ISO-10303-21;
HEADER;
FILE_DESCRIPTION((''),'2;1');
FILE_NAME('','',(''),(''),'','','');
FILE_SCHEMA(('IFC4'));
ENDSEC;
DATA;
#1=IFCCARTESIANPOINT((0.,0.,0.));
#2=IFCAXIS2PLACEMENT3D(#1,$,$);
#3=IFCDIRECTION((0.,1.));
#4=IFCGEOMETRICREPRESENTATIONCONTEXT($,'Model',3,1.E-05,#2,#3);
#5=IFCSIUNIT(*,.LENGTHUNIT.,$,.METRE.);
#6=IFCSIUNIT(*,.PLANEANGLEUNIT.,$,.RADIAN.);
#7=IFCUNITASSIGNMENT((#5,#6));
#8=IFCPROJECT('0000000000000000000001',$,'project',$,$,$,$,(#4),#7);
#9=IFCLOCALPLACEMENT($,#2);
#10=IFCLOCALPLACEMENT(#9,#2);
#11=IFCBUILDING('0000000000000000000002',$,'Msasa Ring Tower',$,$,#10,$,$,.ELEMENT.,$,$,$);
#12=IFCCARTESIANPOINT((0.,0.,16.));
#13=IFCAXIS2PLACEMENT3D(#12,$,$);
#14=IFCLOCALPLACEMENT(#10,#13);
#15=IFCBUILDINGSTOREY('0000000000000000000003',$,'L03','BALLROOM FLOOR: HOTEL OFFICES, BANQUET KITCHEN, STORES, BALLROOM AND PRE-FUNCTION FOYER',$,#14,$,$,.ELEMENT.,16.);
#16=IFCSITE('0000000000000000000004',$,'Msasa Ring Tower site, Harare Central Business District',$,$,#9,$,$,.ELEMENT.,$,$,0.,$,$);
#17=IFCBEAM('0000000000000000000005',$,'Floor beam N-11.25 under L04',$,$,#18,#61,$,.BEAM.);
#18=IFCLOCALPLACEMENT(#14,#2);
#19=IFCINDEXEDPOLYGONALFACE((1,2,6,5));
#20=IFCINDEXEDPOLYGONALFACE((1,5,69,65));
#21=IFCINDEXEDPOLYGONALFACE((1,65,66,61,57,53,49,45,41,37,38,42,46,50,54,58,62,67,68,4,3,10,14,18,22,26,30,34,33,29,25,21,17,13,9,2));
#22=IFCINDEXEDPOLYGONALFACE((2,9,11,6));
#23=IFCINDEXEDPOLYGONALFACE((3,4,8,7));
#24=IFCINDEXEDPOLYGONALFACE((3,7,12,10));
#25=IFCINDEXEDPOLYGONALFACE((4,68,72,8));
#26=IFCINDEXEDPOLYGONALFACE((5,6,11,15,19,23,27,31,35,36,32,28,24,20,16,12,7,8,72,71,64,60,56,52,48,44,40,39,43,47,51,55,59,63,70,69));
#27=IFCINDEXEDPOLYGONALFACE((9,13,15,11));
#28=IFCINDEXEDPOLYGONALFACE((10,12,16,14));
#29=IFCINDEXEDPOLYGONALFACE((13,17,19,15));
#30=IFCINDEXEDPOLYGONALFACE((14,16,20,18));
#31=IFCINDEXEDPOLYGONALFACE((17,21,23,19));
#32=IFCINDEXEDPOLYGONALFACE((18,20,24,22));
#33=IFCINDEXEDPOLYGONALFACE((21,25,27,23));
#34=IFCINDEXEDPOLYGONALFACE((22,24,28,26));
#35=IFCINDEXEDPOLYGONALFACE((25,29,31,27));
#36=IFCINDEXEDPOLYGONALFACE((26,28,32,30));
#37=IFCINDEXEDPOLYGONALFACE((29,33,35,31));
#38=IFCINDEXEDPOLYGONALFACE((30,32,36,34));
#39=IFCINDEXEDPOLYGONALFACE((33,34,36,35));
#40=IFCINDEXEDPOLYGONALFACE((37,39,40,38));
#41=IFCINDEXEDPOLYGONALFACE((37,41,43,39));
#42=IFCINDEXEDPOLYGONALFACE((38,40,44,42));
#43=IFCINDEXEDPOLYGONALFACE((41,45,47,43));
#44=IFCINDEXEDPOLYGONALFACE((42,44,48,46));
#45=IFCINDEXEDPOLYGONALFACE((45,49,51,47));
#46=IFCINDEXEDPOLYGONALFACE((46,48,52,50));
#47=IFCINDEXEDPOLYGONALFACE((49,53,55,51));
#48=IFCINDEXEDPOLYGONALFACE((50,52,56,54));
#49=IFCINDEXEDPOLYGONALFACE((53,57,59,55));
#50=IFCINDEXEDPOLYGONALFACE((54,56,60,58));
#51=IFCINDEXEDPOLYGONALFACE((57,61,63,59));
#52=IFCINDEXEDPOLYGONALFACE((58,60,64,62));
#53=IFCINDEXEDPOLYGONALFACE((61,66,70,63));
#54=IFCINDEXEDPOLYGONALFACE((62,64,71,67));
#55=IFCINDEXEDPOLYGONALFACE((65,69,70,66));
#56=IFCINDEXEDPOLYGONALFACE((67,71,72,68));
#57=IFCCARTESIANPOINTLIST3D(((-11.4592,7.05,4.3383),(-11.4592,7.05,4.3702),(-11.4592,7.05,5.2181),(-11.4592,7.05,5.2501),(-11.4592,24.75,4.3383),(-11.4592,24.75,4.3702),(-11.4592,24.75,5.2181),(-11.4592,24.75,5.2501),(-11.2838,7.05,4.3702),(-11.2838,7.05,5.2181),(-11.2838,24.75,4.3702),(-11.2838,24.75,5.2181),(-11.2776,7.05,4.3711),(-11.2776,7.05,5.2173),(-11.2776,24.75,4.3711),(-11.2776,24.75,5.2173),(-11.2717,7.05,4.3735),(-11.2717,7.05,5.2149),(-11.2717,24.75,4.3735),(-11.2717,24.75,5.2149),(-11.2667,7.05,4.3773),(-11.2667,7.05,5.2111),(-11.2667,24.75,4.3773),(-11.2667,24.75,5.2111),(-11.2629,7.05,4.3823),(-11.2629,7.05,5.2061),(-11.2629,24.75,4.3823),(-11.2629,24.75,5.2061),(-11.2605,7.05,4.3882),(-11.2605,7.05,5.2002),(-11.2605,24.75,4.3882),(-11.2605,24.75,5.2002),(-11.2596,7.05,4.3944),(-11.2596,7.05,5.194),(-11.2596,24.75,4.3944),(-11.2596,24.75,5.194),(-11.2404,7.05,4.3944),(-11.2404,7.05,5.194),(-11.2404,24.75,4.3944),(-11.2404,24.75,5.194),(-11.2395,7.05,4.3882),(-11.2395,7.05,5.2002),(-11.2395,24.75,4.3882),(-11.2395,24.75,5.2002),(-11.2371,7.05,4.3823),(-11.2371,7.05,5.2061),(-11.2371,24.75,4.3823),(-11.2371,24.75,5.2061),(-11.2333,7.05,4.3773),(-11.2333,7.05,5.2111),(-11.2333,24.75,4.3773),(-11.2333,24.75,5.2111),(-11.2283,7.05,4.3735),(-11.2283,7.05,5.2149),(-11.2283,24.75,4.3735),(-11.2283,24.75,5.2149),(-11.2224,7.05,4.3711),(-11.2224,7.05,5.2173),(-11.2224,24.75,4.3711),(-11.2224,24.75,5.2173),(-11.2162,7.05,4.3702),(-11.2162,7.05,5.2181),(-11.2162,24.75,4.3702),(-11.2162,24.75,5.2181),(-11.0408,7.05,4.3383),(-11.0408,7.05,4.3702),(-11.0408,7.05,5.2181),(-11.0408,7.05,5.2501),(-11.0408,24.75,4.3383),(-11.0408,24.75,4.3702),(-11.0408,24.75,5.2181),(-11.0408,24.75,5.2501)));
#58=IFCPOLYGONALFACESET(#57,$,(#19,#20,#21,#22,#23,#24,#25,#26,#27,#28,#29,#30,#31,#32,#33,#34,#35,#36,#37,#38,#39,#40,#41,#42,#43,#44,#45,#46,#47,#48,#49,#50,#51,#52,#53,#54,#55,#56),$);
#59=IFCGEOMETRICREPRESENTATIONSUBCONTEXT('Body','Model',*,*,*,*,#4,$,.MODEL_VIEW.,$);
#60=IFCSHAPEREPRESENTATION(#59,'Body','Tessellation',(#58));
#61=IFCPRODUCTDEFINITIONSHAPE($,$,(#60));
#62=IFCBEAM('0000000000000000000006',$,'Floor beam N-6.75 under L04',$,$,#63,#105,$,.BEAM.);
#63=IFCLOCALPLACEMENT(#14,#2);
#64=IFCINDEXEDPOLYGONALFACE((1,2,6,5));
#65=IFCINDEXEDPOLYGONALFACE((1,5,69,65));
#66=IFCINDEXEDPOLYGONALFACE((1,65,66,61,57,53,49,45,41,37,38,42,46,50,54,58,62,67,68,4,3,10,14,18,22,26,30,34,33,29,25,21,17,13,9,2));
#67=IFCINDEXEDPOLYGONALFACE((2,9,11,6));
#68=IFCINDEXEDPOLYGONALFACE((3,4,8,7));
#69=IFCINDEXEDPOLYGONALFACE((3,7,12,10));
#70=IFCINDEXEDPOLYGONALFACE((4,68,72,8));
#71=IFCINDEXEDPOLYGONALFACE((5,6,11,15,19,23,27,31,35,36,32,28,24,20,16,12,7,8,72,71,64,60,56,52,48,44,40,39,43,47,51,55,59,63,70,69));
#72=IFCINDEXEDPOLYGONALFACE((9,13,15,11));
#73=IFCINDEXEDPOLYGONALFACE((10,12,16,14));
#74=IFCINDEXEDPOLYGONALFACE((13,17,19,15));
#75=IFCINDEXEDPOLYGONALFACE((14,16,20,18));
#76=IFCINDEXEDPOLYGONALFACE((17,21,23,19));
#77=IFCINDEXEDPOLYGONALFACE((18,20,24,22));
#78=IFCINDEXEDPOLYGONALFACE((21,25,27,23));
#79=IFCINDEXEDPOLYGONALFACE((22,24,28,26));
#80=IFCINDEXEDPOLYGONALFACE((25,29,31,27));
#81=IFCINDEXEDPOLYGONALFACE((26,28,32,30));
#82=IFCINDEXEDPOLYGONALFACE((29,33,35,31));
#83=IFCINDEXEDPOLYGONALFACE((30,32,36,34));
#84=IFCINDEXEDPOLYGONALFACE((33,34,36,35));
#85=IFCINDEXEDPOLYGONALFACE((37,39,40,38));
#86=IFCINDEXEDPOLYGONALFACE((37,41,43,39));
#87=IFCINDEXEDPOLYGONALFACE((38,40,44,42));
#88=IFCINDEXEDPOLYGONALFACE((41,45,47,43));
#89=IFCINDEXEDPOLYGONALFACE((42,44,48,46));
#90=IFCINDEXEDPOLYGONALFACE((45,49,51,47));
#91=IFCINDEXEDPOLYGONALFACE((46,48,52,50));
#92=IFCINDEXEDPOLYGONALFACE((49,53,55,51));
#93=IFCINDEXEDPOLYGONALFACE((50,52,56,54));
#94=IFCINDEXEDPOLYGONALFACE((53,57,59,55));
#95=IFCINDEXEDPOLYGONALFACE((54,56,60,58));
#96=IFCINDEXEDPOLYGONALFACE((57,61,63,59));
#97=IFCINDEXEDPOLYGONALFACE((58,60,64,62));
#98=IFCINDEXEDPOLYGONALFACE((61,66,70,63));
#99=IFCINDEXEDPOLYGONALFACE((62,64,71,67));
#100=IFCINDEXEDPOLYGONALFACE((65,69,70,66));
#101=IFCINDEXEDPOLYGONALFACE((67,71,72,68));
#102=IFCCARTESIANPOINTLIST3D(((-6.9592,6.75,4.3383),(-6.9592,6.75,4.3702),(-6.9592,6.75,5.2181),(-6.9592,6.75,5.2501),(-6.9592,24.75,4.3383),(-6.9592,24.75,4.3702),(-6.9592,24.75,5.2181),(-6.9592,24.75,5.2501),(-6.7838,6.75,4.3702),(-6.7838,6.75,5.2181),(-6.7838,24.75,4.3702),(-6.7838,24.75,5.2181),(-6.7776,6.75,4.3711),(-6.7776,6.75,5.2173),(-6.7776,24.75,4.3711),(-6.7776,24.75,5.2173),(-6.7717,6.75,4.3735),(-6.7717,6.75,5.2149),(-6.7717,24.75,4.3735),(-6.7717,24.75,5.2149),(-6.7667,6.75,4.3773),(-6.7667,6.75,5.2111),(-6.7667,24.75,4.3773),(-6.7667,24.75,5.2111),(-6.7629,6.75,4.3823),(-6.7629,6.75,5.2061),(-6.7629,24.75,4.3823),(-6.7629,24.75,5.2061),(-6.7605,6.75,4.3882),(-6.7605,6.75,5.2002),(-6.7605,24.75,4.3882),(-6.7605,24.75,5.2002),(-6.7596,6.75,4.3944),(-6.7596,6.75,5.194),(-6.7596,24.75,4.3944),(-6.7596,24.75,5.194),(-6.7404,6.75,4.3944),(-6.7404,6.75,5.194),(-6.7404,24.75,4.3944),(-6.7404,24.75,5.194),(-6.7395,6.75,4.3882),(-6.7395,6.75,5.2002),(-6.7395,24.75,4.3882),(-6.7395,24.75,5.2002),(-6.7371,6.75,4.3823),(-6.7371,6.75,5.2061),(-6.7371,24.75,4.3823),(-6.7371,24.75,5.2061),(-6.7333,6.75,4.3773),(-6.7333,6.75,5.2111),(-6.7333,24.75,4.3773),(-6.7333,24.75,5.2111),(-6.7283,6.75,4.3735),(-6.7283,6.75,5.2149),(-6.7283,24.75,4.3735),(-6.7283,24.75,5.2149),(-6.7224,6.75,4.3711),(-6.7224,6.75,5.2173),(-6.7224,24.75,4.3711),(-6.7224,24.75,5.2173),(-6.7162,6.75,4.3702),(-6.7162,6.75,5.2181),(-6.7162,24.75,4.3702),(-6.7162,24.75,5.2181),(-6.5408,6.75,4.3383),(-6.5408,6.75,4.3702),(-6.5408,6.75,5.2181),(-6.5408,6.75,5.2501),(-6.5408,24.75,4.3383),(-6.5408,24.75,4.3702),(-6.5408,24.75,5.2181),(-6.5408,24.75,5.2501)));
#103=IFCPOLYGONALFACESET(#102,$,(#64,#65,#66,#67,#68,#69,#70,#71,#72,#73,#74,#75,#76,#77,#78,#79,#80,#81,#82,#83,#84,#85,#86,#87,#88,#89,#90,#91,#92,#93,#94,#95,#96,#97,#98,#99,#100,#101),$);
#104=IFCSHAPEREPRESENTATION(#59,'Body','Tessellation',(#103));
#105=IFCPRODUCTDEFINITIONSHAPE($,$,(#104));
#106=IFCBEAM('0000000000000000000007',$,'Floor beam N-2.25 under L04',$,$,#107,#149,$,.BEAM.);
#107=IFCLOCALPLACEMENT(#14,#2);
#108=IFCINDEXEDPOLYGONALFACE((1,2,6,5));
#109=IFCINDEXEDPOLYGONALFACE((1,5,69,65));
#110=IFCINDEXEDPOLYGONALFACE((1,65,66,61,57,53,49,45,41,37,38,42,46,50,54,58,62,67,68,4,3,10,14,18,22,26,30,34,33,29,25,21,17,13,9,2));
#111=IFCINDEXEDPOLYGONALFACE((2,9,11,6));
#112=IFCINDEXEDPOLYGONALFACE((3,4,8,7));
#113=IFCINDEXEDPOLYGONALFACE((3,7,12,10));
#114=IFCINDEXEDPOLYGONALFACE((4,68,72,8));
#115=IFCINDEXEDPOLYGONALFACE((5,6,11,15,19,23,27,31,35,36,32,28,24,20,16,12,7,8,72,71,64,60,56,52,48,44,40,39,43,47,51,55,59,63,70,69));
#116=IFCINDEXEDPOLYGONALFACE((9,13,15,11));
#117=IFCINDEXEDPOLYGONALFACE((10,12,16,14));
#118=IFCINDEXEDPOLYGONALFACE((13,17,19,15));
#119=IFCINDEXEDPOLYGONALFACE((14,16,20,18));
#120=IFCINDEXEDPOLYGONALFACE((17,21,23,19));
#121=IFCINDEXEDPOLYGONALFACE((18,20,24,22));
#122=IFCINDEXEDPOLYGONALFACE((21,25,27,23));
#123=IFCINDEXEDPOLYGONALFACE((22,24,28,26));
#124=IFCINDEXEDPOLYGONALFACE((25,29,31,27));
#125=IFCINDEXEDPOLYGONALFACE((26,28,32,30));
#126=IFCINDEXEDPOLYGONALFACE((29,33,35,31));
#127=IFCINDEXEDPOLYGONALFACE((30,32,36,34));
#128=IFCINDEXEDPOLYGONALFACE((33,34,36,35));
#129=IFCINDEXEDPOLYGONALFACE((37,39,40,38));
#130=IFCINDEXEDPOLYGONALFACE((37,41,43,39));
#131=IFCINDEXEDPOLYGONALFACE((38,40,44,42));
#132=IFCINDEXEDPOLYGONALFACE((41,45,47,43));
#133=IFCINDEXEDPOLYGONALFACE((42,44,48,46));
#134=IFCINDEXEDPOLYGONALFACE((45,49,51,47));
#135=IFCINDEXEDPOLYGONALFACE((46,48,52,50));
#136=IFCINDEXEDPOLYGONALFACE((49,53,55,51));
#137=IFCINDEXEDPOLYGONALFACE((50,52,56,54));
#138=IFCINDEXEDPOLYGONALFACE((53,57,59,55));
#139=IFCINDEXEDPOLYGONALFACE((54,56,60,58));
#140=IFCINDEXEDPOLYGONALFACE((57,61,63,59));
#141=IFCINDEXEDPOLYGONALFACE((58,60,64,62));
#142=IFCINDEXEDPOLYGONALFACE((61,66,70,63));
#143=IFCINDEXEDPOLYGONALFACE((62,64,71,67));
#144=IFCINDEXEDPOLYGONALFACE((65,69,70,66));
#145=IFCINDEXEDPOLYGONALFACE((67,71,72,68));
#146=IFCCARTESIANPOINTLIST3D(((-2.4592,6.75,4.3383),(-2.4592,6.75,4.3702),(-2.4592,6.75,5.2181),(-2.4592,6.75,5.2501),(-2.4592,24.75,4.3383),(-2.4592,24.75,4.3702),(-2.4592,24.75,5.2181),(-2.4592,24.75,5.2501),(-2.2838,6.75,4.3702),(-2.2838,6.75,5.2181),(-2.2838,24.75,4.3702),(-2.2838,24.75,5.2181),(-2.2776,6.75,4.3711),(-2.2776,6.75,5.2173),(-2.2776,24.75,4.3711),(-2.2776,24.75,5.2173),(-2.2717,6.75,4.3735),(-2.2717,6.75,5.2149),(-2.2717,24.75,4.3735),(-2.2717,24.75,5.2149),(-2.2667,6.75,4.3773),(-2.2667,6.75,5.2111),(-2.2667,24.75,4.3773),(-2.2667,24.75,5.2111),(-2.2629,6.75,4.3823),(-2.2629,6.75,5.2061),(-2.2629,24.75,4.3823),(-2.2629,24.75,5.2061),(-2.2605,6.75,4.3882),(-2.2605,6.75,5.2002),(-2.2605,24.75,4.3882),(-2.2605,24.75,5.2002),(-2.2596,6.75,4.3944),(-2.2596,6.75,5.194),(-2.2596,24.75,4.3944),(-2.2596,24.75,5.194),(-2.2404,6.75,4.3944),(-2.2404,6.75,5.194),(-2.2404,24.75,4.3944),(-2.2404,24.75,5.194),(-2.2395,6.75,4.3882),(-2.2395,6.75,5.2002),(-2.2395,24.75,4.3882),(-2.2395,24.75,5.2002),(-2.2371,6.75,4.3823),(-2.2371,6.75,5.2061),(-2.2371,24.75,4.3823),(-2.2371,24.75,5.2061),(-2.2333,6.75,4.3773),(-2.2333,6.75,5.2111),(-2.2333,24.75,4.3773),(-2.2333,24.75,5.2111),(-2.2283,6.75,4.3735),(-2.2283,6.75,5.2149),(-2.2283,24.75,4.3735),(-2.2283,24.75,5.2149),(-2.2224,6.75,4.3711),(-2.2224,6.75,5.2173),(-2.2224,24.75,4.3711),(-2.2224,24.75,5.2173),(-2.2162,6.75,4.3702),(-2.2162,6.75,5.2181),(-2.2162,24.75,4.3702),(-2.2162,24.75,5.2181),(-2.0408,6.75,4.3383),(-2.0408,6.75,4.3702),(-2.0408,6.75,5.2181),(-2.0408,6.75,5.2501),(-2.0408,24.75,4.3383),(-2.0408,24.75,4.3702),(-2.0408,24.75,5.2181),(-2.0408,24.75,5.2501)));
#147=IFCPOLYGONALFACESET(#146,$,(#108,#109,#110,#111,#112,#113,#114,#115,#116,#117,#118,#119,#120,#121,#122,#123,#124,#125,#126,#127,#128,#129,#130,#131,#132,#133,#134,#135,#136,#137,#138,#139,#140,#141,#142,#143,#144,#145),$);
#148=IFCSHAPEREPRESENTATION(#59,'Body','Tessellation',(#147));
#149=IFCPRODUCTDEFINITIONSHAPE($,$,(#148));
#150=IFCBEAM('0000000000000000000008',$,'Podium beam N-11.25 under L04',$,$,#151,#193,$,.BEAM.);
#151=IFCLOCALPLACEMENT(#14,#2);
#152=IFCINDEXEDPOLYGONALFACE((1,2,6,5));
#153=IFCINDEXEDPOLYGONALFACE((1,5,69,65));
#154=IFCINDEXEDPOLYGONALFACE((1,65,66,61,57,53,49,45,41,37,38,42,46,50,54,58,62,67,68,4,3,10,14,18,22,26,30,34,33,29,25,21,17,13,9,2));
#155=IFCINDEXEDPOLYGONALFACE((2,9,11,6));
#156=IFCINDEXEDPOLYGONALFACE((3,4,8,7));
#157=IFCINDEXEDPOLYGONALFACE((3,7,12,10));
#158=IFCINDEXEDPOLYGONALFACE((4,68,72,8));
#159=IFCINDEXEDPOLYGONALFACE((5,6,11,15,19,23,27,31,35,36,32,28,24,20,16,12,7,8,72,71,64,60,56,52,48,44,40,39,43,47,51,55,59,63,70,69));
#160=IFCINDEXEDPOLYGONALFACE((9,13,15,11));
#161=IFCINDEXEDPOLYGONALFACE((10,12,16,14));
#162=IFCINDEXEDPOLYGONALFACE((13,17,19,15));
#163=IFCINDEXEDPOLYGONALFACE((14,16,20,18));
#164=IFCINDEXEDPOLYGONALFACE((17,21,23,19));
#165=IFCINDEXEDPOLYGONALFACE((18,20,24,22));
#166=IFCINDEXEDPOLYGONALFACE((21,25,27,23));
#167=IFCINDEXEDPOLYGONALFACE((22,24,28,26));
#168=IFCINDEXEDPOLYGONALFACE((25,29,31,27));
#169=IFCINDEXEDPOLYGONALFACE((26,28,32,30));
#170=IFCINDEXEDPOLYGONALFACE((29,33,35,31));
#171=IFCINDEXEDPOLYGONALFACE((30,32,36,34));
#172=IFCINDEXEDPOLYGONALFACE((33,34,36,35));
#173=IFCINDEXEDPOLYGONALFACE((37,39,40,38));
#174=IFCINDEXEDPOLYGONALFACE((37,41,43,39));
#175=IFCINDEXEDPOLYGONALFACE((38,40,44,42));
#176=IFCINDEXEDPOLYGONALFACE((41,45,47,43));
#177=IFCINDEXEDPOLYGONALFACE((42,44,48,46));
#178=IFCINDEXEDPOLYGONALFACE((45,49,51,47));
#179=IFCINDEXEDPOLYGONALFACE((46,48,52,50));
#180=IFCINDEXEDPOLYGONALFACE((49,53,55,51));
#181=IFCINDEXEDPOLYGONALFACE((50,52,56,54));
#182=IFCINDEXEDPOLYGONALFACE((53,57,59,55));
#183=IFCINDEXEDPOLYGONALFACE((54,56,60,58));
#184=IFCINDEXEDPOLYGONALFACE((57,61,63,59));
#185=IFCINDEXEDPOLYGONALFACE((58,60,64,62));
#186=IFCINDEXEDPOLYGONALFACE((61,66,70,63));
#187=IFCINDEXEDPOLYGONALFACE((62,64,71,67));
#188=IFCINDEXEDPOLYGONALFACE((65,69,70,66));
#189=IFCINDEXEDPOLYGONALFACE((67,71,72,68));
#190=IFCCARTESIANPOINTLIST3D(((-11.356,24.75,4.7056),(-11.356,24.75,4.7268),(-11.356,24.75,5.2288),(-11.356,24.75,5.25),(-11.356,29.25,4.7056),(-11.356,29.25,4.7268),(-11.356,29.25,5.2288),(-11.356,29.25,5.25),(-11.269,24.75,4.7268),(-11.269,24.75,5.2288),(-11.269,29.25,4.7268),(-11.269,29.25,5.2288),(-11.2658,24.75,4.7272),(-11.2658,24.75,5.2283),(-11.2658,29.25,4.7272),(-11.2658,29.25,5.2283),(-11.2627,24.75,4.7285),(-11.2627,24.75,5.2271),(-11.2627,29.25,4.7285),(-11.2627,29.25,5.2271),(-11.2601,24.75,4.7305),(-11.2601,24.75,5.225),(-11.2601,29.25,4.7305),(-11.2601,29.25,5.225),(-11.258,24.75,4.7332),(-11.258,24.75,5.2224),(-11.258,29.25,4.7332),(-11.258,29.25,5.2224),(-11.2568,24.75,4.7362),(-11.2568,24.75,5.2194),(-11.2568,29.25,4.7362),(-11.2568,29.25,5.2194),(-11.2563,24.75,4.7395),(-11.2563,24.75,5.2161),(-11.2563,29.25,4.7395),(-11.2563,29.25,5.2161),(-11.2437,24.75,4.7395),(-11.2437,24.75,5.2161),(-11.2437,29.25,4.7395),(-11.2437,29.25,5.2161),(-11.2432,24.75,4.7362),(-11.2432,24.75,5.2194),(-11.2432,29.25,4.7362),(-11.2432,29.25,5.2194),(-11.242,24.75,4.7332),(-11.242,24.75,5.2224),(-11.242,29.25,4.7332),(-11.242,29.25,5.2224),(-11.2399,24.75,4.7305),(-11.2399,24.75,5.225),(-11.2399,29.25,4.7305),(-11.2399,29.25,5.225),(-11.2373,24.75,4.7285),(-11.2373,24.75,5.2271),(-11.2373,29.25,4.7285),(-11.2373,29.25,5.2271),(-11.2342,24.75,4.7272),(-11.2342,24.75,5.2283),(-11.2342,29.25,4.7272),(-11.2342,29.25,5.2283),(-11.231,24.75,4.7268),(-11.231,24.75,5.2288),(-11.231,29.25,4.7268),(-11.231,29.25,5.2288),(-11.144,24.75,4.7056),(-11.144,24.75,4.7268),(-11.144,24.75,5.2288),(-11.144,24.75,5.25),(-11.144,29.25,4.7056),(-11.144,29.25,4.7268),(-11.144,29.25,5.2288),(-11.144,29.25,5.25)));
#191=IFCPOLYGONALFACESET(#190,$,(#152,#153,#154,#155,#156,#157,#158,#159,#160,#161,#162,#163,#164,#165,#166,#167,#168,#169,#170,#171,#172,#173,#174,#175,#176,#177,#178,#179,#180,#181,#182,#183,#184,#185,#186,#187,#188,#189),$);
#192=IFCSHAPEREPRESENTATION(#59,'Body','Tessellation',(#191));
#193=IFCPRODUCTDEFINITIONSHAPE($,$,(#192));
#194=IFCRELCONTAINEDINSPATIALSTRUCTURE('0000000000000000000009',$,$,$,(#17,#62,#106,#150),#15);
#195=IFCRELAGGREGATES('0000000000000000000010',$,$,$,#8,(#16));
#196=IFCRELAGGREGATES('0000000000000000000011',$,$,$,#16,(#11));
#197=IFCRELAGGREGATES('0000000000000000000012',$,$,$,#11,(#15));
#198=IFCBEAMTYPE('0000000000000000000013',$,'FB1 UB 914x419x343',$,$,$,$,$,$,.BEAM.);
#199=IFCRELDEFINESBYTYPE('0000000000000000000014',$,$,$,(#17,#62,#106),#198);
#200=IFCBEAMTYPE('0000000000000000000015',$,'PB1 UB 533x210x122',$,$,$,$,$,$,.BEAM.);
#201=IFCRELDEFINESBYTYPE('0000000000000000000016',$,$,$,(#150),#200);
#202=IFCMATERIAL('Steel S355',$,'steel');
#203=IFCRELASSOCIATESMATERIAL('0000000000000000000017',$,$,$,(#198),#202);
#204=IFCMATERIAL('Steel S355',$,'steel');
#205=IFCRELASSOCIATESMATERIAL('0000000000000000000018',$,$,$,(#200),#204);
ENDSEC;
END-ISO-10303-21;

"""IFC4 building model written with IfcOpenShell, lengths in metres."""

from ifc_helpers import new_model, si_unit, direction, frame, origin, origin_2d, place, context, subcontext, project, spatial, i_section, extrude, material, material_profile, profile_set, type_object, element, save


model = new_model("IFC4")

# Units and contexts
model_context = context("Model", 3, precision=1e-05, world=origin(), true_north=direction((0.0, 1.0)))
body_context = subcontext(model_context, "Body", "Model", "MODEL_VIEW")
ifc_project = project(units=[si_unit("LENGTHUNIT", "METRE"), si_unit("PLANEANGLEUNIT", "RADIAN")], contexts=[model_context])

# Site, building, storey
site_placement = place(None, origin())
site = spatial("IfcSite", under=ifc_project, at=site_placement, Name="Msasa Ring Tower site, Harare Central Business District", CompositionType="ELEMENT", RefElevation=0.0)
building_placement = place(site_placement, origin())
building = spatial("IfcBuilding", under=site, at=building_placement, Name="Msasa Ring Tower", CompositionType="ELEMENT")
storey_placement = place(building_placement, frame((0.0, 0.0, 16.0)))
storey = spatial("IfcBuildingStorey", under=building, at=storey_placement, Name="L03", Description="BALLROOM FLOOR: HOTEL OFFICES, BANQUET KITCHEN, STORES, BALLROOM AND PRE-FUNCTION FOYER", CompositionType="ELEMENT", Elevation=16.0)

# Beams
ifc_material_1 = material(Name="Steel S355", Category="steel")
ifc_material_profile_1 = material_profile(ifc_material_1, i_section(OverallWidth=0.4185, OverallDepth=0.9119, WebThickness=0.0193, FlangeThickness=0.032, FilletRadius=0.0242, at=origin_2d()), Name="UB 914x419x343")
ifc_profile_set_1 = profile_set([ifc_material_profile_1], Name="Steel S355")
beam_type_1 = type_object("IfcBeamType", Name="FB1 UB 914x419x343", PredefinedType="BEAM", material=ifc_profile_set_1)
beam_placement = place(storey_placement, frame((-11.25, 24.75, 4.7942), z_axis=(0.0, -1.0, 0.0), x_axis=(1.0, 0.0, 0.0)))
element("IfcBeam", 1, at=beam_placement, inside=storey, type_object=beam_type_1, Name="Floor beam N-11.25 under L04", PredefinedType="BEAM", context=body_context, shape_type="SweptSolid", body=[
    extrude(i_section(OverallWidth=0.4185, OverallDepth=0.9119, WebThickness=0.0193, FlangeThickness=0.032, FilletRadius=0.0242, at=origin_2d()), origin(), (0.0, 0.0, 1.0), 17.7),
])
for number, where, z_axis, x_axis, name in (
    (2, (-6.75, 24.75, 4.7942), (0.0, -1.0, 0.0), (1.0, 0.0, 0.0), "Floor beam N-6.75 under L04"),
    (3, (-2.25, 24.75, 4.7942), (0.0, -1.0, 0.0), (1.0, 0.0, 0.0), "Floor beam N-2.25 under L04"),
):
    element("IfcBeam", number, at=place(storey_placement, frame(where, z_axis=z_axis, x_axis=x_axis)), inside=storey, type_object=beam_type_1, Name=name, PredefinedType="BEAM", context=body_context, shape_type="SweptSolid", body=[
        extrude(i_section(OverallWidth=0.4185, OverallDepth=0.9119, WebThickness=0.0193, FlangeThickness=0.032, FilletRadius=0.0242, at=origin_2d()), origin(), (0.0, 0.0, 1.0), 18.0),
    ])
ifc_material_2 = material(Name="Steel S355", Category="steel")
ifc_material_profile_2 = material_profile(ifc_material_2, i_section(OverallWidth=0.2119, OverallDepth=0.5444, WebThickness=0.0127, FlangeThickness=0.0212, FilletRadius=0.0127, at=origin_2d()), Name="UB 533x210x122")
ifc_profile_set_2 = profile_set([ifc_material_profile_2], Name="Steel S355")
beam_type_2 = type_object("IfcBeamType", Name="PB1 UB 533x210x122", PredefinedType="BEAM", material=ifc_profile_set_2)
for number, where, z_axis, x_axis, name in (
    (4, (-11.25, 29.25, 4.9778), (0.0, -1.0, 0.0), (1.0, 0.0, 0.0), "Podium beam N-11.25 under L04"),
):
    element("IfcBeam", number, at=place(storey_placement, frame(where, z_axis=z_axis, x_axis=x_axis)), inside=storey, type_object=beam_type_2, Name=name, PredefinedType="BEAM", context=body_context, shape_type="SweptSolid", body=[
        extrude(i_section(OverallWidth=0.2119, OverallDepth=0.5444, WebThickness=0.0127, FlangeThickness=0.0212, FilletRadius=0.0127, at=origin_2d()), origin(), (0.0, 0.0, 1.0), 4.5),
    ])

save(model, "model.ifc")
